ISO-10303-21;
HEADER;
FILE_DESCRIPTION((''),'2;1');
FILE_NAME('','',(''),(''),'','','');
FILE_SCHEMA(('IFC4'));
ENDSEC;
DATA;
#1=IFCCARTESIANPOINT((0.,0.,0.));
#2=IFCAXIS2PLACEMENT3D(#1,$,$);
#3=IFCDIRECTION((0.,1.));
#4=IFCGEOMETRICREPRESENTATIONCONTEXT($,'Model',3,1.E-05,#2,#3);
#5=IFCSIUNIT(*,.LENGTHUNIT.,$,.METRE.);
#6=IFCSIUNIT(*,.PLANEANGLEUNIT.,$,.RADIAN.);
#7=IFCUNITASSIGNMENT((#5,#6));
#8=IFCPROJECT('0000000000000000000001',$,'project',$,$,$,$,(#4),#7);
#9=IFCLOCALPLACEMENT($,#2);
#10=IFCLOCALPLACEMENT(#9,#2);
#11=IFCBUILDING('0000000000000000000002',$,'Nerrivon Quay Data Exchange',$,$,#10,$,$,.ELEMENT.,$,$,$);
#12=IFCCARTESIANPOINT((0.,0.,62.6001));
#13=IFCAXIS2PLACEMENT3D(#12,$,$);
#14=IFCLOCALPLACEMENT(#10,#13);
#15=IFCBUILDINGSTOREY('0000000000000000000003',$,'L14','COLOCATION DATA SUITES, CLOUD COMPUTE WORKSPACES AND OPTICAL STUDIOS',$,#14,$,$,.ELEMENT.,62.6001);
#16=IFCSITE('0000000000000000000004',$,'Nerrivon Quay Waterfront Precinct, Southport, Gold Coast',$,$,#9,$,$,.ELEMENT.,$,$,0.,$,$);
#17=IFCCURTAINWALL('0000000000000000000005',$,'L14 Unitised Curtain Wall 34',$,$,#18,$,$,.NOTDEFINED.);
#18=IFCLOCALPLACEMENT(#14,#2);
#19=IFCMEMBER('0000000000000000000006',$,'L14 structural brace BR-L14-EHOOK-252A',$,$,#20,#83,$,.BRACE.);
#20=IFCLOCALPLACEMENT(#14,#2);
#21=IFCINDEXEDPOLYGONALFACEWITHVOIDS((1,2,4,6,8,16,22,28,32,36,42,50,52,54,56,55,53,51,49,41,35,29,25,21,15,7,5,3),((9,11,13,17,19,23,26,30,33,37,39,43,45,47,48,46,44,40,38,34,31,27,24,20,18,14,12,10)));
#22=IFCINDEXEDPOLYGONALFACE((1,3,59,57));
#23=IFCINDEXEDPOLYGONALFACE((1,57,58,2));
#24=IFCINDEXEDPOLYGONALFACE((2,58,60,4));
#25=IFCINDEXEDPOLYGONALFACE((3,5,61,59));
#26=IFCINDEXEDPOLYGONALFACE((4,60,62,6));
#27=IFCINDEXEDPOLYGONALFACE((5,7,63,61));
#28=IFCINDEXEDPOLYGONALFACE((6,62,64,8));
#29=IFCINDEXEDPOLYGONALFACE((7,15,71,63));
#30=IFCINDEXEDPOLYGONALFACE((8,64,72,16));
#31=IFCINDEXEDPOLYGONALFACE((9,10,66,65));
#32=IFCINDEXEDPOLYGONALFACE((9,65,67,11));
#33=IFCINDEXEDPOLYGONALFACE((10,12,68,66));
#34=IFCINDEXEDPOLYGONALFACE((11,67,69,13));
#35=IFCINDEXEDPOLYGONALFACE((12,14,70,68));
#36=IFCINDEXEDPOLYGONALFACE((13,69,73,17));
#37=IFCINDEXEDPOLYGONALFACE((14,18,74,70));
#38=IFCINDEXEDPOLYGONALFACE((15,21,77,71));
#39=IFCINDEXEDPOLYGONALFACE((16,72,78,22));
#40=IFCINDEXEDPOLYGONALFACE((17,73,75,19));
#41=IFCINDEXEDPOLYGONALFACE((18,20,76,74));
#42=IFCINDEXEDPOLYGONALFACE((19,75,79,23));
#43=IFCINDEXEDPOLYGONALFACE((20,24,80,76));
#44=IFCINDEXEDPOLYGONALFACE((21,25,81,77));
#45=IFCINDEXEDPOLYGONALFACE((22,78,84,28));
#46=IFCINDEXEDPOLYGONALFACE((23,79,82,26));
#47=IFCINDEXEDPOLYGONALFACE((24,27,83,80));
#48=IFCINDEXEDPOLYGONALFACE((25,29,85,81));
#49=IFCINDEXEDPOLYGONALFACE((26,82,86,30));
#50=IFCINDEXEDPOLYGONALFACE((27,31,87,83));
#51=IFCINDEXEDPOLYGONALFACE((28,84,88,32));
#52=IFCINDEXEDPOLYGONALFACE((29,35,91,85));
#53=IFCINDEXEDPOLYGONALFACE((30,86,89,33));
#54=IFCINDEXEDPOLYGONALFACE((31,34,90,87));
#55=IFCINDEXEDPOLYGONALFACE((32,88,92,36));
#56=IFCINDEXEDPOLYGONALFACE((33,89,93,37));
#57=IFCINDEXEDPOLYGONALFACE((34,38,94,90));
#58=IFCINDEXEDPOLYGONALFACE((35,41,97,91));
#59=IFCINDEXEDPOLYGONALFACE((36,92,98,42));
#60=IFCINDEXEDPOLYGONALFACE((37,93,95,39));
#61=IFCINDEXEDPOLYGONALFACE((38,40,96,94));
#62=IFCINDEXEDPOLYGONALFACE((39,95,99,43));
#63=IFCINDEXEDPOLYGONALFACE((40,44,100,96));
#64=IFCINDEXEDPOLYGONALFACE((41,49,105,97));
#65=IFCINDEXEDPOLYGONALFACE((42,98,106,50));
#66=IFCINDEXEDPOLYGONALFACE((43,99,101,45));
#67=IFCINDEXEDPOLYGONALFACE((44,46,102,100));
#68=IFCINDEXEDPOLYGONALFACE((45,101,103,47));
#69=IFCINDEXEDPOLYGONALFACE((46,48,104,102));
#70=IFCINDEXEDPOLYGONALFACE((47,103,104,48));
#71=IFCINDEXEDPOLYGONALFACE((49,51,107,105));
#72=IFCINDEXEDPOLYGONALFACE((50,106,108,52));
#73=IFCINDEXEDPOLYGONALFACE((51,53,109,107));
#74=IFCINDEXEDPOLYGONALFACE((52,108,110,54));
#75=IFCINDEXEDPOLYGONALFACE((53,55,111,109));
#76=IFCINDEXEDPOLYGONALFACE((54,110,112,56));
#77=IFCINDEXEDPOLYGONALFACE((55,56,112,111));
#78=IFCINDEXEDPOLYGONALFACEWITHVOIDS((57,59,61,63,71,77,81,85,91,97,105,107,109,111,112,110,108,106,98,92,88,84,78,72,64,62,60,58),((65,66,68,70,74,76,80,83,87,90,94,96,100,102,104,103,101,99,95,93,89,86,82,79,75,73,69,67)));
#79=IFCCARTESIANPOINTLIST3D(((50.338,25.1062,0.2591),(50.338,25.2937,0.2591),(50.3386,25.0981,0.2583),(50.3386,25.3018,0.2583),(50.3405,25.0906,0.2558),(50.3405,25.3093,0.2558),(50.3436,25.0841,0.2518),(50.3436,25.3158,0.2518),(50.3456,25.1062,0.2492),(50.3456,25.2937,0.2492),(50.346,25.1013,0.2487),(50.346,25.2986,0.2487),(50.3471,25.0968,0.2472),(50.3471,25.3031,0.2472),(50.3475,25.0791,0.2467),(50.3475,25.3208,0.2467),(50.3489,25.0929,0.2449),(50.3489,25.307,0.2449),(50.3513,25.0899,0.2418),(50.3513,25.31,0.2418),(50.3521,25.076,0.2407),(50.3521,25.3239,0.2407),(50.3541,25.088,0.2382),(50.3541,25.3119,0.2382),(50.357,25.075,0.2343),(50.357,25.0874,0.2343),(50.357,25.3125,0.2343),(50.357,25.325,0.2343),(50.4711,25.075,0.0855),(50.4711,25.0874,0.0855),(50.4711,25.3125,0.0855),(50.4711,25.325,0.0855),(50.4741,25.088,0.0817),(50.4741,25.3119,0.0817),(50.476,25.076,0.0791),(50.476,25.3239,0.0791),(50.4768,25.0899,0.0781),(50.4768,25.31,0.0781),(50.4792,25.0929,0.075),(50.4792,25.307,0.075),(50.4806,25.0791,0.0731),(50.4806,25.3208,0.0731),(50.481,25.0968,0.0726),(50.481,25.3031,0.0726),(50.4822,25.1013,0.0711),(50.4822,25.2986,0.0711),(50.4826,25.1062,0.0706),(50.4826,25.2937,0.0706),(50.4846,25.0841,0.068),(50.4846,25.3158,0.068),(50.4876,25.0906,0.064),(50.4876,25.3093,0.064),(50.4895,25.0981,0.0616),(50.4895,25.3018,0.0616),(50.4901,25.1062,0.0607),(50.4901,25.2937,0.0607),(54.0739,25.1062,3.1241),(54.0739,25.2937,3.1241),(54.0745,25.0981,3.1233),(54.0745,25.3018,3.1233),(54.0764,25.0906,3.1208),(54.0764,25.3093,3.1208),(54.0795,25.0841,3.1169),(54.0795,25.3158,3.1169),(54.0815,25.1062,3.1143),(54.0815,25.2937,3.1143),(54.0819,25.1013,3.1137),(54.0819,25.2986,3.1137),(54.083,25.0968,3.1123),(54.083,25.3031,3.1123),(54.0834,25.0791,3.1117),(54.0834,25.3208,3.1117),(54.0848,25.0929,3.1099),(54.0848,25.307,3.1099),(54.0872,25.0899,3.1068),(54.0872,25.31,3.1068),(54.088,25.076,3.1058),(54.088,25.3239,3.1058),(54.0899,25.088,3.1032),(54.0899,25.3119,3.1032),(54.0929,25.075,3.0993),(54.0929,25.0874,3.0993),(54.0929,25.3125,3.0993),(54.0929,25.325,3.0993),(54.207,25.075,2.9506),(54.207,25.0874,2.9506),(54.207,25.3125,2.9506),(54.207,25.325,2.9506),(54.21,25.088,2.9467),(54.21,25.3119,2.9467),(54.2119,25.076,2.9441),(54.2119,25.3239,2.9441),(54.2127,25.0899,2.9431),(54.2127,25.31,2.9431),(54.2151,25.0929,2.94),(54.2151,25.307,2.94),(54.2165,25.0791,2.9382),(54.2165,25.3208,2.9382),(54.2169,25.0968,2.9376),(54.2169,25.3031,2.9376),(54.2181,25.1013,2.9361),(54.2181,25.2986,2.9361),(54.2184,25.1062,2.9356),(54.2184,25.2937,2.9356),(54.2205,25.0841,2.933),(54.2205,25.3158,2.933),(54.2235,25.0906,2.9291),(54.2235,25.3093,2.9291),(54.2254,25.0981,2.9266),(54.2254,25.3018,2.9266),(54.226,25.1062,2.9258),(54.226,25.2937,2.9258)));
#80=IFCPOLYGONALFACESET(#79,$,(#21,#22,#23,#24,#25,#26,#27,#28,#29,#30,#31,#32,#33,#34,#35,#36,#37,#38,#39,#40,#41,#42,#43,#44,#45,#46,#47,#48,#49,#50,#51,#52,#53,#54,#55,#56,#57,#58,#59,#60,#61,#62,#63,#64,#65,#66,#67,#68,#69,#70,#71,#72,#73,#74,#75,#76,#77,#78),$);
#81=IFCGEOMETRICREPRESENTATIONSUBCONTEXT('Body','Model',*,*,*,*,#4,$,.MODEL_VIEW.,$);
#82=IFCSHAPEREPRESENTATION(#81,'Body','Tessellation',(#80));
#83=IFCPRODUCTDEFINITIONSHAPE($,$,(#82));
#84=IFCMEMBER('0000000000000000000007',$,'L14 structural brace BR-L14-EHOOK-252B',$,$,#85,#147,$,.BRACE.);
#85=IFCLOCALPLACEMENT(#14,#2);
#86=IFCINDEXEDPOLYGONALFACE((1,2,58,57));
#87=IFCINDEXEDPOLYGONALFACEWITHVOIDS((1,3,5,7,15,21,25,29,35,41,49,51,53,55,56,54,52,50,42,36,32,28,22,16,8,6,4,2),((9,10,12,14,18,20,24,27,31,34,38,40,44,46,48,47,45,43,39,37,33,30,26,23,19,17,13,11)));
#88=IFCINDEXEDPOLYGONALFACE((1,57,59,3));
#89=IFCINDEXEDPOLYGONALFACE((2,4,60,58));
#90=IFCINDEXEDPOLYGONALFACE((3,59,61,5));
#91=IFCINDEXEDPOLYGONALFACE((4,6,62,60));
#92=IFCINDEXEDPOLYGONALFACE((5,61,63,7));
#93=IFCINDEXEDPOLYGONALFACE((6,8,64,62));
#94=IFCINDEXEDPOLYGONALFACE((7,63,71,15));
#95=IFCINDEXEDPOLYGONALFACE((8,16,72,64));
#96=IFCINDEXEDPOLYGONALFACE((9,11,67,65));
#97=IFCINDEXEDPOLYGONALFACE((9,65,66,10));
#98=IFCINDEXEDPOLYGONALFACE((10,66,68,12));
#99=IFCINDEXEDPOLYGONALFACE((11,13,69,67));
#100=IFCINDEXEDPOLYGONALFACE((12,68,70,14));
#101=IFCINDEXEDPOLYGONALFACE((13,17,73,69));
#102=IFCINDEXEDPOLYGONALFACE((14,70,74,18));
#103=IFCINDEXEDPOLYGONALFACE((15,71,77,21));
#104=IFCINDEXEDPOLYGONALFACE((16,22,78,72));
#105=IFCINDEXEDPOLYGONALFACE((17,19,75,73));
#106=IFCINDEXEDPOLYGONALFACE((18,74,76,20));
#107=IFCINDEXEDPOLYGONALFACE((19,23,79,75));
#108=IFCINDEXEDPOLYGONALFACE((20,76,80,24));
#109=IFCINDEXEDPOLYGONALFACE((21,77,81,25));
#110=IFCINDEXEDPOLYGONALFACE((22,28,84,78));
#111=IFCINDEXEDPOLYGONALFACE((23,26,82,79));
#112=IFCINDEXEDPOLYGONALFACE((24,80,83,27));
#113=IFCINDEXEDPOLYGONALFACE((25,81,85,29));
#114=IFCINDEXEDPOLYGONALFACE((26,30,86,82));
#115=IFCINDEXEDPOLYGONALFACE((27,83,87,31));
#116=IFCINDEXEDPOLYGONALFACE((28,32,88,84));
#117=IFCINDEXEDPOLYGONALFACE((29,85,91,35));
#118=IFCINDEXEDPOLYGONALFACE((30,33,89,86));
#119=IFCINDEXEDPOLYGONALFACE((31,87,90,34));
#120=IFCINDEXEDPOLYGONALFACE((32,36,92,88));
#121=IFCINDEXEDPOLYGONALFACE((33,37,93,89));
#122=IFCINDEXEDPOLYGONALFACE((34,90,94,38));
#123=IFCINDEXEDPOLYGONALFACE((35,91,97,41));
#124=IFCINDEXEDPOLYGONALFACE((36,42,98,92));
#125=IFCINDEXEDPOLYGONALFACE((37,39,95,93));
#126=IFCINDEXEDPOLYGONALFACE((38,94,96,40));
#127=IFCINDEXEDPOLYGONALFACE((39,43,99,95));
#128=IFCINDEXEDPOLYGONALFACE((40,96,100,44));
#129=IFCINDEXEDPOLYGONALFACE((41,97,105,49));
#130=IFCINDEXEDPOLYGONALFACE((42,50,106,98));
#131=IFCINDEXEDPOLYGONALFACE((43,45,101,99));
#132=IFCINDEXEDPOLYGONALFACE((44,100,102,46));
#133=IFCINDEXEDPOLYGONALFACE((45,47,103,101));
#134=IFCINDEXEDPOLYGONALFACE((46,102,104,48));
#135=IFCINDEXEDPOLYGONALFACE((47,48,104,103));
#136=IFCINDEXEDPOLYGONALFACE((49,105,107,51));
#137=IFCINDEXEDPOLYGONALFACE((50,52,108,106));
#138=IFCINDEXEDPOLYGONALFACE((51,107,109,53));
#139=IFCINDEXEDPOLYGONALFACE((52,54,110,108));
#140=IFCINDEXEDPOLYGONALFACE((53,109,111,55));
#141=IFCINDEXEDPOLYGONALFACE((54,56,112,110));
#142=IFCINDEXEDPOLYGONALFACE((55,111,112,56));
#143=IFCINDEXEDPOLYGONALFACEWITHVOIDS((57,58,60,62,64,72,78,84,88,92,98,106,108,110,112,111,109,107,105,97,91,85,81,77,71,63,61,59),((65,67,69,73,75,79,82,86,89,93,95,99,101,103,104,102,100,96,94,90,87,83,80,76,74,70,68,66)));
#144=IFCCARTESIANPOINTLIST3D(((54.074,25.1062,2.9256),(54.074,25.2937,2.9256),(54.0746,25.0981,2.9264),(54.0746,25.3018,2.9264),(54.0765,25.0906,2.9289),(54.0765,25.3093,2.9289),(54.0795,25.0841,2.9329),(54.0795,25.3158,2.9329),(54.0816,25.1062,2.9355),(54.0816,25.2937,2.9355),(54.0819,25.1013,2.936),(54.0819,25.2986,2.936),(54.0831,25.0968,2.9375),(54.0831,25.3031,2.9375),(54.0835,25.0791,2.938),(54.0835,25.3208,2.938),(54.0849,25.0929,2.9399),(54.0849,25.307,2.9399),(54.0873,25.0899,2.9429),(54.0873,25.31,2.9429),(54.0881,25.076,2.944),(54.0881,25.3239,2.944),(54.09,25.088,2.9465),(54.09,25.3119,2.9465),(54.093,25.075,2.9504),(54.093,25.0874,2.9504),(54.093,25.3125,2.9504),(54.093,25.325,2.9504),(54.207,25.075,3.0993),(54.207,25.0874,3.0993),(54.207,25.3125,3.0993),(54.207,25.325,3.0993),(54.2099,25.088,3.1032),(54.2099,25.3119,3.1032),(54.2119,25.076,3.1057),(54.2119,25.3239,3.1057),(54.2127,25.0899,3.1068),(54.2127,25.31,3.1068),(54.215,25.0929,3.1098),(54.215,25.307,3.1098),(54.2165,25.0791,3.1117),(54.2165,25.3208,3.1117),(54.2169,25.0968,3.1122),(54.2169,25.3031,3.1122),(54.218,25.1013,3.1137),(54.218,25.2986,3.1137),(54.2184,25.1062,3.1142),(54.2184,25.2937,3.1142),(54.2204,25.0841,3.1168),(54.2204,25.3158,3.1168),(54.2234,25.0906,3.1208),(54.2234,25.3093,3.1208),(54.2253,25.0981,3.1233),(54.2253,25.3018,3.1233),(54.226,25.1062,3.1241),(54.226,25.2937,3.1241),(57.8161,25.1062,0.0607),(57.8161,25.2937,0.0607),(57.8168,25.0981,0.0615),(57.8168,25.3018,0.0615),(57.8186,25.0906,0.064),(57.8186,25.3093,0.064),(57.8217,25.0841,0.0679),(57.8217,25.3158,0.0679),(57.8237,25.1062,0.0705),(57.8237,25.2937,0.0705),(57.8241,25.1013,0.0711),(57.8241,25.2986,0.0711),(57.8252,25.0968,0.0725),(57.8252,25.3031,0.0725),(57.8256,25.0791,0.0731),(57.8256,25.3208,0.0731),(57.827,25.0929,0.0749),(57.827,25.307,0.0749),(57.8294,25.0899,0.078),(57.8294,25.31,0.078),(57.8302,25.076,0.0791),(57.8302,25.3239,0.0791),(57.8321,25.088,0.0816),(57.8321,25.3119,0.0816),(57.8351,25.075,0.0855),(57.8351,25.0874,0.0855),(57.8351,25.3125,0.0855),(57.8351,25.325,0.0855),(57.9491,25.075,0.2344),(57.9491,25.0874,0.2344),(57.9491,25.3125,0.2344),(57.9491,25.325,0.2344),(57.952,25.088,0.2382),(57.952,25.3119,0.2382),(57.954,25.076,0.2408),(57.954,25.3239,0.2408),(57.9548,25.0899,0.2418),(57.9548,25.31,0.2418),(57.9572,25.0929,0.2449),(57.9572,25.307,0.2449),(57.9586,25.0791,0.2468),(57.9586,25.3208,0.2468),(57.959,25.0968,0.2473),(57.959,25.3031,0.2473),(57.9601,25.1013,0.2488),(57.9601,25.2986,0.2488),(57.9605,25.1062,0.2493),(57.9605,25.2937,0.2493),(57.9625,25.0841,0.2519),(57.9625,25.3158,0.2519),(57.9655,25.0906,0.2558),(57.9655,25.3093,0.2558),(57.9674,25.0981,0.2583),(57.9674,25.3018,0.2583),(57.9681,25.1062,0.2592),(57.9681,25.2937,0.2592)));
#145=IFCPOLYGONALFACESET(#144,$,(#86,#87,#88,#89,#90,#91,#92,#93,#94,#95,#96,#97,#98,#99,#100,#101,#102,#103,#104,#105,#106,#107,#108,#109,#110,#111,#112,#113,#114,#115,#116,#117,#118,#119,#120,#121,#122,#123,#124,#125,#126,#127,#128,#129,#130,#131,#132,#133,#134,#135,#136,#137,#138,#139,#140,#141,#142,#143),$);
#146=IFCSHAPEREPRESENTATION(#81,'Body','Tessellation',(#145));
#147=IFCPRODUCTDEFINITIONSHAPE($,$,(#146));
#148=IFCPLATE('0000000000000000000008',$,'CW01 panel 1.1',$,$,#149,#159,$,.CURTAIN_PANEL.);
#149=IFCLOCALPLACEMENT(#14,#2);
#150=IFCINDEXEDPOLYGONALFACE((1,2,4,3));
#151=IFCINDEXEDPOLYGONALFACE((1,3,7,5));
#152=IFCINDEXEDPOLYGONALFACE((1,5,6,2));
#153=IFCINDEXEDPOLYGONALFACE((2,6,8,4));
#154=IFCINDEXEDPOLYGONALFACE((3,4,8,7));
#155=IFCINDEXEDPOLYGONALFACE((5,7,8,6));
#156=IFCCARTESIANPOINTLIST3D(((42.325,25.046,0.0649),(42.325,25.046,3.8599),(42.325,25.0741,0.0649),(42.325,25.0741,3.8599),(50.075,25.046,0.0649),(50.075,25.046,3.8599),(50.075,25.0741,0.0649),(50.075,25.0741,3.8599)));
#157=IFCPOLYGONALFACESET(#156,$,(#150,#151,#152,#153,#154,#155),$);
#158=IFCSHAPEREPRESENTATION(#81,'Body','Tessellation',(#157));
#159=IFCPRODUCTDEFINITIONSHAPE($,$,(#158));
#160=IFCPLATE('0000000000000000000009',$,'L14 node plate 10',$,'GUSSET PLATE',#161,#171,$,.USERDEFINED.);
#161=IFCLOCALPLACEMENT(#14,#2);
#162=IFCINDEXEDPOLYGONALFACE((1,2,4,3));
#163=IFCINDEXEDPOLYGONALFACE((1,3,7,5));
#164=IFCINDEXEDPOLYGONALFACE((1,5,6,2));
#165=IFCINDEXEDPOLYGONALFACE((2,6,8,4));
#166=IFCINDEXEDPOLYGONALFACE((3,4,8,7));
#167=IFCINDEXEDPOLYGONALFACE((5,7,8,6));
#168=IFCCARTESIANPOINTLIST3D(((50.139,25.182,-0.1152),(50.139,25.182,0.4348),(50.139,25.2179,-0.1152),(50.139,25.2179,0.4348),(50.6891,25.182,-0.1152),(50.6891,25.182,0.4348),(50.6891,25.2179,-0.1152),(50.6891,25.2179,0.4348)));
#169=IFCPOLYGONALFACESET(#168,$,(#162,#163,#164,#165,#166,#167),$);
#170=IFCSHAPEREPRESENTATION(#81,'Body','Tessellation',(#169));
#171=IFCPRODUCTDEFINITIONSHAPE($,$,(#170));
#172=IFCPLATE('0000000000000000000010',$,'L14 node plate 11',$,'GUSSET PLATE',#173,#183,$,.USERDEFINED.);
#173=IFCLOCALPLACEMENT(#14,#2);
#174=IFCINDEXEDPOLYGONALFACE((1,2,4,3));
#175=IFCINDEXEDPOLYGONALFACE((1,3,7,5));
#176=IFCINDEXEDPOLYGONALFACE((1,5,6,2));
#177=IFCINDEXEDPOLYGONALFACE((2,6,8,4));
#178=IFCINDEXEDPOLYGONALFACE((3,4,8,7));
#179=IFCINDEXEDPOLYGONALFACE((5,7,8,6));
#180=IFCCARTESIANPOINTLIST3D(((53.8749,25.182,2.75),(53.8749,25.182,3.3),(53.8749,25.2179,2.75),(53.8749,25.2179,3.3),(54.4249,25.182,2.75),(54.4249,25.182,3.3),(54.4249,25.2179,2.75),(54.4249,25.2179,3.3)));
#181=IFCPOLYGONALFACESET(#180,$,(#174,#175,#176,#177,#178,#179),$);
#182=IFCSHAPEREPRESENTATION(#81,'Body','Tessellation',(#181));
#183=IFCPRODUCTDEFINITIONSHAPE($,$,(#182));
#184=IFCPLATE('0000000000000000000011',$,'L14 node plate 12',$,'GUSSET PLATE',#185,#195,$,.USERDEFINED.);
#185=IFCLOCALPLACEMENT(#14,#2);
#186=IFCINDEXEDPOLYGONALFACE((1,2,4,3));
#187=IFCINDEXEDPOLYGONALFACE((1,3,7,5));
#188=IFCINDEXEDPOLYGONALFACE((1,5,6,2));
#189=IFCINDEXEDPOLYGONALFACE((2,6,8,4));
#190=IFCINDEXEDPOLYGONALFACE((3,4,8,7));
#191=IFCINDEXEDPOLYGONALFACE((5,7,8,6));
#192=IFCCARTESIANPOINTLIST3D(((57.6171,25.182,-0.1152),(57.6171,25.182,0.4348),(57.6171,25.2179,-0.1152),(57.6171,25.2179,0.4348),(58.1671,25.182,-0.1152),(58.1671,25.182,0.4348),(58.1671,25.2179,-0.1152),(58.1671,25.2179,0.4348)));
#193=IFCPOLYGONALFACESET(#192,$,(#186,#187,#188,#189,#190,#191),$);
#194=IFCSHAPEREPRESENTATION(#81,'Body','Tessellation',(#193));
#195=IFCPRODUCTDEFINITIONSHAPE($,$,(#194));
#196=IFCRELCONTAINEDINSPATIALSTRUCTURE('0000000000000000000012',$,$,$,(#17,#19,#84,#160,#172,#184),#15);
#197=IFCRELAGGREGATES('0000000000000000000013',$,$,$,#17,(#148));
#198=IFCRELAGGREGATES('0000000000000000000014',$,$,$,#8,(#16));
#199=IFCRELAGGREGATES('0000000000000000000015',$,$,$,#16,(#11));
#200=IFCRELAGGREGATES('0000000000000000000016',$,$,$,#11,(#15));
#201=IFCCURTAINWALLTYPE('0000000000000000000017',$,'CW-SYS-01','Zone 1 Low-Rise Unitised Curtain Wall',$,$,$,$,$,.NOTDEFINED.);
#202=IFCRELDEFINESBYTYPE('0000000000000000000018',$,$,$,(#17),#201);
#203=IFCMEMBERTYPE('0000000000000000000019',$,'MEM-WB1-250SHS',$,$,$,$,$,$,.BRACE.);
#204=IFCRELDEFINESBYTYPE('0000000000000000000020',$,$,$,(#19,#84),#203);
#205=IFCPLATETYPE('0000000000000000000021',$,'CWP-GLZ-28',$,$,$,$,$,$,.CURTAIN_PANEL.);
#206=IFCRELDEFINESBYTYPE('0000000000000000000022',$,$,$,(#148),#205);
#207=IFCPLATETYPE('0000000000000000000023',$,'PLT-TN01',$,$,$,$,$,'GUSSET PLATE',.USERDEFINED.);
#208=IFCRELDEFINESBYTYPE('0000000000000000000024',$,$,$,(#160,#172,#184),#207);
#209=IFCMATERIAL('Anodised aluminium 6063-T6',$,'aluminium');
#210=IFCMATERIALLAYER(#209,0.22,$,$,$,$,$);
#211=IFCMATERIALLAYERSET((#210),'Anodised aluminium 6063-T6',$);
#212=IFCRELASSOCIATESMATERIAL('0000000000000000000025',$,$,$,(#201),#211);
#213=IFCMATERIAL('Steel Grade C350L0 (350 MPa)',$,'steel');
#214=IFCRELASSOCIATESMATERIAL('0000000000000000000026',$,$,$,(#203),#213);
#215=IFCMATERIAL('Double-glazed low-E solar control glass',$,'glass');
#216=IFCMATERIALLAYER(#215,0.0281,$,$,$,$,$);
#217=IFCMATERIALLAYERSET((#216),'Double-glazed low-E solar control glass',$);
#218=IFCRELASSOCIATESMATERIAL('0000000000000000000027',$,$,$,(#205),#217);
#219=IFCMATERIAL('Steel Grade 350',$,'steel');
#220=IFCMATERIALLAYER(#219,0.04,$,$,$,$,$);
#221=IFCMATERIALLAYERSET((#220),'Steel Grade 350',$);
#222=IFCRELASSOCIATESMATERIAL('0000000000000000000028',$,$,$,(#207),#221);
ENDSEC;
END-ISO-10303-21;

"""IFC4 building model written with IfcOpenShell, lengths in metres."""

from ifc_helpers import new_model, si_unit, direction, frame, origin, origin_2d, place, context, subcontext, project, spatial, rectangle, hollow_rectangle, extrude, material, layer, layer_set, material_profile, profile_set, type_object, element, aggregate, save


model = new_model("IFC4")

# Units and contexts
model_context = context("Model", 3, precision=1e-05, world=origin(), true_north=direction((0.0, 1.0)))
body_context = subcontext(model_context, "Body", "Model", "MODEL_VIEW")
ifc_project = project(units=[si_unit("LENGTHUNIT", "METRE"), si_unit("PLANEANGLEUNIT", "RADIAN")], contexts=[model_context])

# Site, building, storey
site_placement = place(None, origin())
site = spatial("IfcSite", under=ifc_project, at=site_placement, Name="Nerrivon Quay Waterfront Precinct, Southport, Gold Coast", CompositionType="ELEMENT", RefElevation=0.0)
building_placement = place(site_placement, origin())
building = spatial("IfcBuilding", under=site, at=building_placement, Name="Nerrivon Quay Data Exchange", CompositionType="ELEMENT")
storey_placement = place(building_placement, frame((0.0, 0.0, 62.6001)))
storey = spatial("IfcBuildingStorey", under=building, at=storey_placement, Name="L14", Description="COLOCATION DATA SUITES, CLOUD COMPUTE WORKSPACES AND OPTICAL STUDIOS", CompositionType="ELEMENT", Elevation=62.6001)

# Shared definitions
ifc_material_1 = material(Name="Steel Grade 350", Category="steel")

# Curtain wall
ifc_material_2 = material(Name="Anodised aluminium 6063-T6", Category="aluminium")
ifc_layer_1 = layer(ifc_material_2, 0.22)
ifc_layer_set_1 = layer_set([ifc_layer_1], Name="Anodised aluminium 6063-T6")
curtain_wall_type = type_object("IfcCurtainWallType", Name="CW-SYS-01", Description="Zone 1 Low-Rise Unitised Curtain Wall", PredefinedType="NOTDEFINED", material=ifc_layer_set_1)
curtain_wall_placement = place(storey_placement, origin())
curtain_wall = element("IfcCurtainWall", 1, at=curtain_wall_placement, inside=storey, type_object=curtain_wall_type, Name="L14 Unitised Curtain Wall 34", PredefinedType="NOTDEFINED")

# Members
ifc_material_3 = material(Name="Steel Grade C350L0 (350 MPa)", Category="steel")
ifc_material_profile_1 = material_profile(ifc_material_3, hollow_rectangle(XDim=0.25, YDim=0.25, WallThickness=0.0125, InnerFilletRadius=0.0188, OuterFilletRadius=0.0312, at=origin_2d()), Name="250x250x12.5SHS")
ifc_profile_set_1 = profile_set([ifc_material_profile_1], Name="Steel Grade C350L0 (350 MPa)")
member_type_1 = type_object("IfcMemberType", Name="MEM-WB1-250SHS", PredefinedType="BRACE", material=ifc_profile_set_1)
member_1_placement = place(storey_placement, frame((50.4141, 25.2, 0.1599), z_axis=(0.79352, 0.0, 0.608545), x_axis=(0.0, 1.0, 0.0)))
element("IfcMember", 2, at=member_1_placement, inside=storey, type_object=member_type_1, Name="L14 structural brace BR-L14-EHOOK-252A", PredefinedType="BRACE", context=body_context, shape_type="SweptSolid", body=[
    extrude(hollow_rectangle(XDim=0.25, YDim=0.25, WallThickness=0.0125, InnerFilletRadius=0.0188, OuterFilletRadius=0.0312, at=origin_2d()), origin(), (0.0, 0.0, 1.0), 4.708),
])
member_2_placement = place(storey_placement, frame((57.8921, 25.2, 0.1599), z_axis=(-0.794018, 0.0, 0.607894), x_axis=(0.0, -1.0, 0.0)))
element("IfcMember", 3, at=member_2_placement, inside=storey, type_object=member_type_1, Name="L14 structural brace BR-L14-EHOOK-252B", PredefinedType="BRACE", context=body_context, shape_type="SweptSolid", body=[
    extrude(hollow_rectangle(XDim=0.25, YDim=0.25, WallThickness=0.0125, InnerFilletRadius=0.0188, OuterFilletRadius=0.0312, at=origin_2d()), origin(), (0.0, 0.0, 1.0), 4.7129),
])

# Plate
ifc_material_4 = material(Name="Double-glazed low-E solar control glass", Category="glass")
ifc_layer_2 = layer(ifc_material_4, 0.0281)
ifc_layer_set_2 = layer_set([ifc_layer_2], Name="Double-glazed low-E solar control glass")
plate_type_1 = type_object("IfcPlateType", Name="CWP-GLZ-28", PredefinedType="CURTAIN_PANEL", material=ifc_layer_set_2)
plate_placement = place(storey_placement, frame((46.2, 25.0601, 0.0649), z_axis=(0.0, 0.0, 1.0), x_axis=(1.0, 0.0, 0.0)))
plate = element("IfcPlate", 4, at=plate_placement, type_object=plate_type_1, Name="CW01 panel 1.1", PredefinedType="CURTAIN_PANEL", context=body_context, shape_type="SweptSolid", body=[
    extrude(rectangle(XDim=7.75, YDim=0.0281, at=origin_2d()), origin(), (0.0, 0.0, 1.0), 3.7949),
])
aggregate(curtain_wall, [plate])

# Plates
ifc_layer_3 = layer(ifc_material_1, 0.04)
ifc_layer_set_3 = layer_set([ifc_layer_3], Name="Steel Grade 350")
plate_type_2 = type_object("IfcPlateType", Name="PLT-TN01", ElementType="GUSSET PLATE", PredefinedType="USERDEFINED", material=ifc_layer_set_3)
for number, where, z_axis, x_axis, name in (
    (5, (50.4141, 25.2, -0.1152), (0.0, 0.0, 1.0), (1.0, 0.0, 0.0), "L14 node plate 10"),
    (6, (54.1499, 25.2, 2.75), (0.0, 0.0, 1.0), (1.0, 0.0, 0.0), "L14 node plate 11"),
    (7, (57.8921, 25.2, -0.1152), (0.0, 0.0, 1.0), (1.0, 0.0, 0.0), "L14 node plate 12"),
):
    element("IfcPlate", number, at=place(storey_placement, frame(where, z_axis=z_axis, x_axis=x_axis)), inside=storey, type_object=plate_type_2, Name=name, ObjectType="GUSSET PLATE", PredefinedType="USERDEFINED", context=body_context, shape_type="SweptSolid", body=[
        extrude(rectangle(XDim=0.55, YDim=0.0359, at=origin_2d()), origin(), (0.0, 0.0, 1.0), 0.55),
    ])

save(model, "model.ifc")
